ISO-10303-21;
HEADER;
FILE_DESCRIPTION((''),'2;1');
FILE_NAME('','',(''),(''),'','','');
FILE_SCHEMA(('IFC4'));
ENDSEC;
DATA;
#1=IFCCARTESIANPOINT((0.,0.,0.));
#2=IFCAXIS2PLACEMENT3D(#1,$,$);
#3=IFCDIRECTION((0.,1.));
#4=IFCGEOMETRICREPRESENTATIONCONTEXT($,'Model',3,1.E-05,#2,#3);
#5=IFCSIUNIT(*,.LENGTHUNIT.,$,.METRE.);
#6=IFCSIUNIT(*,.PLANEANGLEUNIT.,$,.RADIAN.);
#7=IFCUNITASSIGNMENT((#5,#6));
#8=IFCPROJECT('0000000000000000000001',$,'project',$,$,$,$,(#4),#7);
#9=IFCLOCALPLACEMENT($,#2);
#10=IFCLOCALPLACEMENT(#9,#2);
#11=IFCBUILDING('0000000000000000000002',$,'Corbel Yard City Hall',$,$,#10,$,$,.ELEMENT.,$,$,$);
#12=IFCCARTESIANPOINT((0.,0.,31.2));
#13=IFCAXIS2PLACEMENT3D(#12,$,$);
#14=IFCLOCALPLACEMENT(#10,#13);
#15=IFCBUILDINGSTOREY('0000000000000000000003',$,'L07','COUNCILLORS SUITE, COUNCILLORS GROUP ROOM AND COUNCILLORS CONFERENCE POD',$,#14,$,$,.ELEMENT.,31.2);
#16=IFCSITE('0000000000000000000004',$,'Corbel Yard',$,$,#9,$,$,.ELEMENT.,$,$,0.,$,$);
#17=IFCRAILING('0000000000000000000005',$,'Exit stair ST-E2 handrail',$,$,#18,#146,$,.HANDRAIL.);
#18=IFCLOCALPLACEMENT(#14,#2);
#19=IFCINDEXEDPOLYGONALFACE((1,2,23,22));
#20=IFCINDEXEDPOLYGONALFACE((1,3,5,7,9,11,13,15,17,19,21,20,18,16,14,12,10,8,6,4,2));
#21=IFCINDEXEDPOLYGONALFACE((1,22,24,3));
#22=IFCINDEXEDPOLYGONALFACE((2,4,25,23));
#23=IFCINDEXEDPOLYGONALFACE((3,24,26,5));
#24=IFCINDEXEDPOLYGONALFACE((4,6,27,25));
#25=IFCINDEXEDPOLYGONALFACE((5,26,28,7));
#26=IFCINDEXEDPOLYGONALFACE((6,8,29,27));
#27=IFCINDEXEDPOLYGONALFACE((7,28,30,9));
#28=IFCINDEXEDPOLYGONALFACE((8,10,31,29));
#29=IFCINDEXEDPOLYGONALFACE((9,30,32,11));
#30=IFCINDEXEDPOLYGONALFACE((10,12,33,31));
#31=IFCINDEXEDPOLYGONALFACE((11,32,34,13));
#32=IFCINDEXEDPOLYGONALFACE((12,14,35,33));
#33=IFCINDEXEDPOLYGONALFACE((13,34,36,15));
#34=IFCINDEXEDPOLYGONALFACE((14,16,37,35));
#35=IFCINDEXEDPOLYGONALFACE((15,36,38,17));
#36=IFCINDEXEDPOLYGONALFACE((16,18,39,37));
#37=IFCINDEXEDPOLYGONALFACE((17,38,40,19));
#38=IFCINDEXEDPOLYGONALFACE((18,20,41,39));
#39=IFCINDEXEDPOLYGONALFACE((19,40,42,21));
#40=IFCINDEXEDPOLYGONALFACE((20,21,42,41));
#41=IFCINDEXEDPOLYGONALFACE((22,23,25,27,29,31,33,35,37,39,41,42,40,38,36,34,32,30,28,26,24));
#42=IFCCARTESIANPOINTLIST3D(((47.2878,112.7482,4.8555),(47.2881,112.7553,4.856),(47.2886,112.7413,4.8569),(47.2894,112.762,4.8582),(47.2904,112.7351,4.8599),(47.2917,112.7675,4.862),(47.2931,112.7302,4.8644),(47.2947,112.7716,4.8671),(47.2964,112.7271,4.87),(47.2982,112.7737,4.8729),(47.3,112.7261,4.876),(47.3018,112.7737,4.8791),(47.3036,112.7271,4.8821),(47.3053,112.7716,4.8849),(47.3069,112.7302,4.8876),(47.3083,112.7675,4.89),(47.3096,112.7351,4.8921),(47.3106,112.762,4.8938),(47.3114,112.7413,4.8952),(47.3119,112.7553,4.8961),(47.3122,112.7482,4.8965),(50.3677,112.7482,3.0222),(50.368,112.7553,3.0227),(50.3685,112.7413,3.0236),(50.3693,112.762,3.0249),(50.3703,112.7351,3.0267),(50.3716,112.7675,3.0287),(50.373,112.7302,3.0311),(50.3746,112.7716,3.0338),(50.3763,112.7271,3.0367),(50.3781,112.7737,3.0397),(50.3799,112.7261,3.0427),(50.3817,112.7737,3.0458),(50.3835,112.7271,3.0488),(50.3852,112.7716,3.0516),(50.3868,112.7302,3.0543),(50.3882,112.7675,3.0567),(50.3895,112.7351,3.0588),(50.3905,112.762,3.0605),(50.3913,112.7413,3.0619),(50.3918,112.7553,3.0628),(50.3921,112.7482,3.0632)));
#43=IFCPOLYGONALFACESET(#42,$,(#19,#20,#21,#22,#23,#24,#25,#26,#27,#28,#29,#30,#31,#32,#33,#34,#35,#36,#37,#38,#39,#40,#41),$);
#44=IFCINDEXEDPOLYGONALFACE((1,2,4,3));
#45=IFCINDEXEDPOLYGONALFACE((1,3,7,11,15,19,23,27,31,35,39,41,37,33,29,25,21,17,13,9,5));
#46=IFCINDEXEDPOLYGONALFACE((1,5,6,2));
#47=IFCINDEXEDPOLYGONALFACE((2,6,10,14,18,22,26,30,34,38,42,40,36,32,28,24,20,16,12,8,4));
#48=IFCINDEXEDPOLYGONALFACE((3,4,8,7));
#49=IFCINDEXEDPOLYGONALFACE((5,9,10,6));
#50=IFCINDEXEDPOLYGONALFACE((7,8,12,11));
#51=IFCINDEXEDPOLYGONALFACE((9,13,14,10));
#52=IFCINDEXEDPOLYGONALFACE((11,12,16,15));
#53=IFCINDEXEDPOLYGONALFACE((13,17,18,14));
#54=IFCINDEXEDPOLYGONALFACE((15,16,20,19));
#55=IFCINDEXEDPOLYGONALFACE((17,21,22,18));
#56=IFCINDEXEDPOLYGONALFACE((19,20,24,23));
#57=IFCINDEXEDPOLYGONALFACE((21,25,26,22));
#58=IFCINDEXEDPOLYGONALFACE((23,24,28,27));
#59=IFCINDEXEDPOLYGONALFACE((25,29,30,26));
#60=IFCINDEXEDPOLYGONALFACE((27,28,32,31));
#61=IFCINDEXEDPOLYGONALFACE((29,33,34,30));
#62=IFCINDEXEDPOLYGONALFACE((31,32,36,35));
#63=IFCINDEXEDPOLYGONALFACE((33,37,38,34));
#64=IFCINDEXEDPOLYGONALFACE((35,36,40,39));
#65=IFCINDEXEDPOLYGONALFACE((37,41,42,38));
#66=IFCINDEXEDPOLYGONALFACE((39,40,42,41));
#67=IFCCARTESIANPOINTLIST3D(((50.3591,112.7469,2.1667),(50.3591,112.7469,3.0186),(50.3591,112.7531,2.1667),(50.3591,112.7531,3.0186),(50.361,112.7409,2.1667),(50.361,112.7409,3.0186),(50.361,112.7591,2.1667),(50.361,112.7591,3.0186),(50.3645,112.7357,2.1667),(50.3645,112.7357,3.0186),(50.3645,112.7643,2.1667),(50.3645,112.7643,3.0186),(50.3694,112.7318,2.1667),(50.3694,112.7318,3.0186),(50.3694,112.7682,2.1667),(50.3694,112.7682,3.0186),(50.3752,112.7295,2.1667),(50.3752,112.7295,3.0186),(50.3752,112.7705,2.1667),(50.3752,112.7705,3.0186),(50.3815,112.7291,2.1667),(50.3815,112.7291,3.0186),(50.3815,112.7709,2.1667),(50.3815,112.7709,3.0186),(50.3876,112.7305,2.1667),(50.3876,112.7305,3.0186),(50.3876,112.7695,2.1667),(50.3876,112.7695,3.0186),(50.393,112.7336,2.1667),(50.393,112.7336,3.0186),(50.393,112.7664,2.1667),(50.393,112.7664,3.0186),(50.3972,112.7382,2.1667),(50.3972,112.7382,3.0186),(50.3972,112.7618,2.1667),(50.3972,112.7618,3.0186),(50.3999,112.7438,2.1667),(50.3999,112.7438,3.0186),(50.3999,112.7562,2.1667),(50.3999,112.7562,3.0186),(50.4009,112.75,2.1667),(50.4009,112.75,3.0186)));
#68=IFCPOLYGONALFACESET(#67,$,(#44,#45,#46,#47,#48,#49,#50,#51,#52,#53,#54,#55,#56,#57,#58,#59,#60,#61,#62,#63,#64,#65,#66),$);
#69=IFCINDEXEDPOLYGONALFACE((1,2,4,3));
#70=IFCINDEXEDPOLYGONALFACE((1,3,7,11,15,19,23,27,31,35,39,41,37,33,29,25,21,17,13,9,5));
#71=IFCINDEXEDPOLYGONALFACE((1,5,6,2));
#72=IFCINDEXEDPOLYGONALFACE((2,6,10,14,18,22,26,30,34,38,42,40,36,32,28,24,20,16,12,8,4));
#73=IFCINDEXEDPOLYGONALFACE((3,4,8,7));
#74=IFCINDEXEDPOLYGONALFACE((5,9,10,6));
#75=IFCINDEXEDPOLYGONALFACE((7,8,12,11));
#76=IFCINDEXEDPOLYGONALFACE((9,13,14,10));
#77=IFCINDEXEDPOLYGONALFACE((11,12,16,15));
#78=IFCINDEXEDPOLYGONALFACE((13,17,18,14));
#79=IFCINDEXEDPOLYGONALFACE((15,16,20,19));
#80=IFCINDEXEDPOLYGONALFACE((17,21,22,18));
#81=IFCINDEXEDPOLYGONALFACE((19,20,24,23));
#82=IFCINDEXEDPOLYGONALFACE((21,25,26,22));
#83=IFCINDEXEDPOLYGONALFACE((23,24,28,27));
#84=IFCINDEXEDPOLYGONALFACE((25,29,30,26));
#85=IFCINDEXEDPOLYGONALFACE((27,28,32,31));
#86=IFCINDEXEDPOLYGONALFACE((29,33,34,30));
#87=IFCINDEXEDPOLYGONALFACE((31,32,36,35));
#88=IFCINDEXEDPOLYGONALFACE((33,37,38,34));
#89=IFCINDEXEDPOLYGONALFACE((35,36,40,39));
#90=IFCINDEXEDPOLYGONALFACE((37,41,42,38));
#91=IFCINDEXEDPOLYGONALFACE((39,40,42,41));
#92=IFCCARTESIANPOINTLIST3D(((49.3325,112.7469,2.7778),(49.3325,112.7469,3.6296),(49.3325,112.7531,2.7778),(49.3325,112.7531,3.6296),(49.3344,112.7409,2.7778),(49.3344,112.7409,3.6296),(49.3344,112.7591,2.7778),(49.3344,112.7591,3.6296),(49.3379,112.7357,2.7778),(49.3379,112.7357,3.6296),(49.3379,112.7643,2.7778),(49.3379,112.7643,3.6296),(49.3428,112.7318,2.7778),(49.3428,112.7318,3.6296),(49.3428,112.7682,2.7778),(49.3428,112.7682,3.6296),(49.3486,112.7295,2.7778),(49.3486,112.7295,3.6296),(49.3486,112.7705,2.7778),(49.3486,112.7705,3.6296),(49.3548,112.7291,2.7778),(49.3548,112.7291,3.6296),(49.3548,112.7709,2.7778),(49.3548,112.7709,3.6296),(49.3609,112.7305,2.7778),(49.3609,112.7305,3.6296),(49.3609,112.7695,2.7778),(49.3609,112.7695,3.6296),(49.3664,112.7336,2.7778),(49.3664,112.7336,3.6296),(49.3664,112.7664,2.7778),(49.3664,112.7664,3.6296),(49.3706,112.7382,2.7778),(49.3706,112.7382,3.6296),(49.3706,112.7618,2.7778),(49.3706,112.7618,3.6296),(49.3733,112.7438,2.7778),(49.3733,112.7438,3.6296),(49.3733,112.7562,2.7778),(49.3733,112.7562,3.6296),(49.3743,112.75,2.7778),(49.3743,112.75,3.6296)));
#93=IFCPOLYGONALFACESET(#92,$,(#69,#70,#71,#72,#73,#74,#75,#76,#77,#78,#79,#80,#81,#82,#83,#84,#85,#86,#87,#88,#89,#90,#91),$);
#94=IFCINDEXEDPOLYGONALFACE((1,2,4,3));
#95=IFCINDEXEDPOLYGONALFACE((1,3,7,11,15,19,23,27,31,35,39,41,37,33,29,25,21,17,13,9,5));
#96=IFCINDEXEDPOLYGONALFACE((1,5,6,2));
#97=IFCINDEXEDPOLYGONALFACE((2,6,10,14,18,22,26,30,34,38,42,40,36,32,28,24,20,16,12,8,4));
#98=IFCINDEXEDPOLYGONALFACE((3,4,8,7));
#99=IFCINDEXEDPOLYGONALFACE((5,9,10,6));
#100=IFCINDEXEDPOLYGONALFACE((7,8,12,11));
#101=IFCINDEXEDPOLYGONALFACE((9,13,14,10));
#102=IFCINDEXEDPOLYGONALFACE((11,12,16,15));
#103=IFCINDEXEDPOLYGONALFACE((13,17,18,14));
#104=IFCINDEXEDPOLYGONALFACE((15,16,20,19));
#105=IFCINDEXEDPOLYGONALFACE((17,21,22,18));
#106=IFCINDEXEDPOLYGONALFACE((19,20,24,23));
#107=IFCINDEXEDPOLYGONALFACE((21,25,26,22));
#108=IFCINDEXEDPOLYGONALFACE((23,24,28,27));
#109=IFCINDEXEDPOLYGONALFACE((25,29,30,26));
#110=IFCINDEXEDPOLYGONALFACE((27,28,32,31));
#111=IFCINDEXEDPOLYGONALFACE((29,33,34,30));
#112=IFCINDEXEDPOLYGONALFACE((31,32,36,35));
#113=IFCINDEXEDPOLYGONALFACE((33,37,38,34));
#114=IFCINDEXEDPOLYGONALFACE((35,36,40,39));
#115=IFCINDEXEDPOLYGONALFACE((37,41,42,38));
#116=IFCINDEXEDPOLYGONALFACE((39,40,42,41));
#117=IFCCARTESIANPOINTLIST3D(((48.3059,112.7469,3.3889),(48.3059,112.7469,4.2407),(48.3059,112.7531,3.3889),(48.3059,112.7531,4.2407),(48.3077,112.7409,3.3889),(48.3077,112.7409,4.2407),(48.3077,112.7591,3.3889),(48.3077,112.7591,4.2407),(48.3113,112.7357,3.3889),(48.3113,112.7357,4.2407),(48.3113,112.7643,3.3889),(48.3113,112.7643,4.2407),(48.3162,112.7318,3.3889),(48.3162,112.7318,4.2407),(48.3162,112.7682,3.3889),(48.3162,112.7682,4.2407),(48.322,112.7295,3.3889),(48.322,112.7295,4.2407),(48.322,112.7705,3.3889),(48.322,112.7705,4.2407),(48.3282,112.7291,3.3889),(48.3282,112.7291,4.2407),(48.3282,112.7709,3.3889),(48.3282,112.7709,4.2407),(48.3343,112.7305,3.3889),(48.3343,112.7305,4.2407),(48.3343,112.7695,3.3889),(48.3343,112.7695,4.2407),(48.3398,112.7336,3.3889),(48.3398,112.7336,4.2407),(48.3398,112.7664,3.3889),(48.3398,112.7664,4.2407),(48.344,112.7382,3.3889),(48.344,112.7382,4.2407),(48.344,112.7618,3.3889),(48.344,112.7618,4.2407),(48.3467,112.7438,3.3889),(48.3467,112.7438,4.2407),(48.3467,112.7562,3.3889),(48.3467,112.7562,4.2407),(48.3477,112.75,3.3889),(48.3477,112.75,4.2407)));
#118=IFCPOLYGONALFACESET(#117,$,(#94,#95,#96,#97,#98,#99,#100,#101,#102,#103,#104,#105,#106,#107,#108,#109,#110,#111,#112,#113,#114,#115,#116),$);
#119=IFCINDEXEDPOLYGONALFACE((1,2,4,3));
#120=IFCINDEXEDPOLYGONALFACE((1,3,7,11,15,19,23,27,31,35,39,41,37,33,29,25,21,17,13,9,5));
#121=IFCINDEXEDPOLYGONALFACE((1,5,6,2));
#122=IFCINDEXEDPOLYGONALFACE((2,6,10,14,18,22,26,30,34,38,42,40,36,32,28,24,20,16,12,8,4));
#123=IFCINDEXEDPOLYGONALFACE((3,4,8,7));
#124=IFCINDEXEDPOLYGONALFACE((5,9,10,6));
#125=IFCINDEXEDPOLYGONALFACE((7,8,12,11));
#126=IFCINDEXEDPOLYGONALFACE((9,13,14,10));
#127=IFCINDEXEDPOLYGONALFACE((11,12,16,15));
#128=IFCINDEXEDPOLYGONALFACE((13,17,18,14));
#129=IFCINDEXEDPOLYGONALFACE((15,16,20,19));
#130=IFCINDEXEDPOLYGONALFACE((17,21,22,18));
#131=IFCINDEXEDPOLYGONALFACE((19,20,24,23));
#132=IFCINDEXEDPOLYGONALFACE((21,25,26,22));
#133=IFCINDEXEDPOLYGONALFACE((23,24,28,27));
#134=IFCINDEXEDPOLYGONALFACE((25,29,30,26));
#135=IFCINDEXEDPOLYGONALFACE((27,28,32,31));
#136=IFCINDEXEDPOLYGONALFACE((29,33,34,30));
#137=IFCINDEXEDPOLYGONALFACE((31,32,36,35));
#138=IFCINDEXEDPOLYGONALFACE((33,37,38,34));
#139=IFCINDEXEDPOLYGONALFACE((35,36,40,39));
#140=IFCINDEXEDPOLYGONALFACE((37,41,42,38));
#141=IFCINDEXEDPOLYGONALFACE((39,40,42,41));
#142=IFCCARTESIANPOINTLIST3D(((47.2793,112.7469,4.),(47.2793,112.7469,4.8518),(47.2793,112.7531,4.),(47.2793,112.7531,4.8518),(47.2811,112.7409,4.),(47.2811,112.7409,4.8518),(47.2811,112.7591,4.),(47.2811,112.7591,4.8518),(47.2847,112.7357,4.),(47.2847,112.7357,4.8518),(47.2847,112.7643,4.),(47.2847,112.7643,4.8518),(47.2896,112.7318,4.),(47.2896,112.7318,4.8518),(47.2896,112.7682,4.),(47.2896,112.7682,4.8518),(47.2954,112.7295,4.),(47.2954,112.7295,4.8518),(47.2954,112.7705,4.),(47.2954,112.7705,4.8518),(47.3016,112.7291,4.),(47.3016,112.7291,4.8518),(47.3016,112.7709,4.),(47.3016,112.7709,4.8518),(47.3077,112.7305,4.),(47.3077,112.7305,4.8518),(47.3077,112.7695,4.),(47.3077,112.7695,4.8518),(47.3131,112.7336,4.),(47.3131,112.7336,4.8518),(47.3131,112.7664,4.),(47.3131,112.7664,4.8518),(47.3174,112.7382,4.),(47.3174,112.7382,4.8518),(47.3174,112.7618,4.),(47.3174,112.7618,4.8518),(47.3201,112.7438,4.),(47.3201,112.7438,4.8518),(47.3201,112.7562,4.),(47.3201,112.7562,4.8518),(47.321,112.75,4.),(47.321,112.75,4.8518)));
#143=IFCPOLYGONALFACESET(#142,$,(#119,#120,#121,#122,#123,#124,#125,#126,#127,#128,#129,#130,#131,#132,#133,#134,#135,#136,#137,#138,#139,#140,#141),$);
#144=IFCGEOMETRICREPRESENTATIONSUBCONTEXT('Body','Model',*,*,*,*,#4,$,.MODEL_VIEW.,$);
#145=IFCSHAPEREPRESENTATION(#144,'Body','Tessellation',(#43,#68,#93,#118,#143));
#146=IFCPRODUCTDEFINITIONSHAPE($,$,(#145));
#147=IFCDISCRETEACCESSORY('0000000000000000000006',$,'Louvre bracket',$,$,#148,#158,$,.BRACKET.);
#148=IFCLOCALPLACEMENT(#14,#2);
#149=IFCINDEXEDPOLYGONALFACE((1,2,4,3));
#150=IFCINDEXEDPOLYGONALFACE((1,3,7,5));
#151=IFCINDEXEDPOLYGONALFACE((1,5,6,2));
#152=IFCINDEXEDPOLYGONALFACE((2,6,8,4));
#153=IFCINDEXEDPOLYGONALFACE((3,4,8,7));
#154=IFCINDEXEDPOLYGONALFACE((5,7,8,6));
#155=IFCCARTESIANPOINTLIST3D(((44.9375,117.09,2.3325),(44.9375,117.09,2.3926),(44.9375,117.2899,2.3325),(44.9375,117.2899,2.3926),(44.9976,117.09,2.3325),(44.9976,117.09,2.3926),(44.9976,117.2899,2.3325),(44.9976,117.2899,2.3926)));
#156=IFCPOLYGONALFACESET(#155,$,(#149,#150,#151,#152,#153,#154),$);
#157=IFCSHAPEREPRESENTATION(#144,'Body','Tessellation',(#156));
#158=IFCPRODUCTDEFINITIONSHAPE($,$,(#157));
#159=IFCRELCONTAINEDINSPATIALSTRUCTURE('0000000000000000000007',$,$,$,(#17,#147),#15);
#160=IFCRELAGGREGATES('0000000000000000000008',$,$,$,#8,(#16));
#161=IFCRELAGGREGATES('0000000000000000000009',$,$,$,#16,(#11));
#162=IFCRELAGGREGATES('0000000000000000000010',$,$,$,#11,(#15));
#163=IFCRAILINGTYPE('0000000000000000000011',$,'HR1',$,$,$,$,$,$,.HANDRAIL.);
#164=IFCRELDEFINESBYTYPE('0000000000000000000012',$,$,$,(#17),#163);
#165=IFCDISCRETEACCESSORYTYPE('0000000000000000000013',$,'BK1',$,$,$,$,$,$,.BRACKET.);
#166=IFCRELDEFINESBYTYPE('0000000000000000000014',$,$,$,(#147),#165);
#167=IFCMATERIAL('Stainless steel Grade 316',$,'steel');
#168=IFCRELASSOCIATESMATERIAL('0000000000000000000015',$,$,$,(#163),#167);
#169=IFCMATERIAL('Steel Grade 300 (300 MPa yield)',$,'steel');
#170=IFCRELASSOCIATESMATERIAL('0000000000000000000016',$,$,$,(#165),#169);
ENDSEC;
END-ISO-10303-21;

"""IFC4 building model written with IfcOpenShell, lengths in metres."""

from ifc_helpers import new_model, si_unit, direction, frame, origin, origin_2d, place, context, subcontext, project, spatial, rectangle, circle, extrude, material, type_object, element, save


model = new_model("IFC4")

# Units and contexts
model_context = context("Model", 3, precision=1e-05, world=origin(), true_north=direction((0.0, 1.0)))
body_context = subcontext(model_context, "Body", "Model", "MODEL_VIEW")
ifc_project = project(units=[si_unit("LENGTHUNIT", "METRE"), si_unit("PLANEANGLEUNIT", "RADIAN")], contexts=[model_context])

# Site, building, storey
site_placement = place(None, origin())
site = spatial("IfcSite", under=ifc_project, at=site_placement, Name="Corbel Yard", CompositionType="ELEMENT", RefElevation=0.0)
building_placement = place(site_placement, origin())
building = spatial("IfcBuilding", under=site, at=building_placement, Name="Corbel Yard City Hall", CompositionType="ELEMENT")
storey_placement = place(building_placement, frame((0.0, 0.0, 31.2)))
storey = spatial("IfcBuildingStorey", under=building, at=storey_placement, Name="L07", Description="COUNCILLORS SUITE, COUNCILLORS GROUP ROOM AND COUNCILLORS CONFERENCE POD", CompositionType="ELEMENT", Elevation=31.2)

# Shared definitions
ifc_material_1 = material(Name="Stainless steel Grade 316", Category="steel")

# Railing
railing_type = type_object("IfcRailingType", Name="HR1", PredefinedType="HANDRAIL", material=ifc_material_1)
for number, where, name in (
    (1, (50.3799, 112.75, 2.1667), "Exit stair ST-E2 handrail"),
):
    element("IfcRailing", number, at=place(storey_placement, frame(where)), inside=storey, type_object=railing_type, Name=name, PredefinedType="HANDRAIL", context=body_context, shape_type="SweptSolid", body=[
        extrude(circle(Radius=0.0239, at=origin_2d()), frame((0.0, 0.0, 0.876), z_axis=(-0.859291, 0.0, 0.511487), x_axis=(0.0, -1.0, 0.0)), (0.0, 0.0, 1.0), 3.5842),
        extrude(circle(Radius=0.021, at=origin_2d()), origin(), (0.0, 0.0, 1.0), 0.8518),
        extrude(circle(Radius=0.021, at=origin_2d()), frame((-1.0266, 0.0, 0.6111)), (0.0, 0.0, 1.0), 0.8518),
        extrude(circle(Radius=0.021, at=origin_2d()), frame((-2.0532, 0.0, 1.2222)), (0.0, 0.0, 1.0), 0.8518),
        extrude(circle(Radius=0.021, at=origin_2d()), frame((-3.0798, 0.0, 1.8333)), (0.0, 0.0, 1.0), 0.8518),
    ])

# Discrete accessory
ifc_material_2 = material(Name="Steel Grade 300 (300 MPa yield)", Category="steel")
discrete_accessory_type = type_object("IfcDiscreteAccessoryType", Name="BK1", PredefinedType="BRACKET", material=ifc_material_2)
discrete_accessory_placement = place(storey_placement, frame((44.9675, 117.1899, 2.3325), z_axis=(0.0, 0.0, 1.0), x_axis=(1.0, 0.0, 0.0)))
element("IfcDiscreteAccessory", 2, at=discrete_accessory_placement, inside=storey, type_object=discrete_accessory_type, Name="Louvre bracket", PredefinedType="BRACKET", context=body_context, shape_type="SweptSolid", body=[
    extrude(rectangle(XDim=0.0601, YDim=0.2, at=origin_2d()), origin(), (0.0, 0.0, 1.0), 0.0601),
])

save(model, "model.ifc")
